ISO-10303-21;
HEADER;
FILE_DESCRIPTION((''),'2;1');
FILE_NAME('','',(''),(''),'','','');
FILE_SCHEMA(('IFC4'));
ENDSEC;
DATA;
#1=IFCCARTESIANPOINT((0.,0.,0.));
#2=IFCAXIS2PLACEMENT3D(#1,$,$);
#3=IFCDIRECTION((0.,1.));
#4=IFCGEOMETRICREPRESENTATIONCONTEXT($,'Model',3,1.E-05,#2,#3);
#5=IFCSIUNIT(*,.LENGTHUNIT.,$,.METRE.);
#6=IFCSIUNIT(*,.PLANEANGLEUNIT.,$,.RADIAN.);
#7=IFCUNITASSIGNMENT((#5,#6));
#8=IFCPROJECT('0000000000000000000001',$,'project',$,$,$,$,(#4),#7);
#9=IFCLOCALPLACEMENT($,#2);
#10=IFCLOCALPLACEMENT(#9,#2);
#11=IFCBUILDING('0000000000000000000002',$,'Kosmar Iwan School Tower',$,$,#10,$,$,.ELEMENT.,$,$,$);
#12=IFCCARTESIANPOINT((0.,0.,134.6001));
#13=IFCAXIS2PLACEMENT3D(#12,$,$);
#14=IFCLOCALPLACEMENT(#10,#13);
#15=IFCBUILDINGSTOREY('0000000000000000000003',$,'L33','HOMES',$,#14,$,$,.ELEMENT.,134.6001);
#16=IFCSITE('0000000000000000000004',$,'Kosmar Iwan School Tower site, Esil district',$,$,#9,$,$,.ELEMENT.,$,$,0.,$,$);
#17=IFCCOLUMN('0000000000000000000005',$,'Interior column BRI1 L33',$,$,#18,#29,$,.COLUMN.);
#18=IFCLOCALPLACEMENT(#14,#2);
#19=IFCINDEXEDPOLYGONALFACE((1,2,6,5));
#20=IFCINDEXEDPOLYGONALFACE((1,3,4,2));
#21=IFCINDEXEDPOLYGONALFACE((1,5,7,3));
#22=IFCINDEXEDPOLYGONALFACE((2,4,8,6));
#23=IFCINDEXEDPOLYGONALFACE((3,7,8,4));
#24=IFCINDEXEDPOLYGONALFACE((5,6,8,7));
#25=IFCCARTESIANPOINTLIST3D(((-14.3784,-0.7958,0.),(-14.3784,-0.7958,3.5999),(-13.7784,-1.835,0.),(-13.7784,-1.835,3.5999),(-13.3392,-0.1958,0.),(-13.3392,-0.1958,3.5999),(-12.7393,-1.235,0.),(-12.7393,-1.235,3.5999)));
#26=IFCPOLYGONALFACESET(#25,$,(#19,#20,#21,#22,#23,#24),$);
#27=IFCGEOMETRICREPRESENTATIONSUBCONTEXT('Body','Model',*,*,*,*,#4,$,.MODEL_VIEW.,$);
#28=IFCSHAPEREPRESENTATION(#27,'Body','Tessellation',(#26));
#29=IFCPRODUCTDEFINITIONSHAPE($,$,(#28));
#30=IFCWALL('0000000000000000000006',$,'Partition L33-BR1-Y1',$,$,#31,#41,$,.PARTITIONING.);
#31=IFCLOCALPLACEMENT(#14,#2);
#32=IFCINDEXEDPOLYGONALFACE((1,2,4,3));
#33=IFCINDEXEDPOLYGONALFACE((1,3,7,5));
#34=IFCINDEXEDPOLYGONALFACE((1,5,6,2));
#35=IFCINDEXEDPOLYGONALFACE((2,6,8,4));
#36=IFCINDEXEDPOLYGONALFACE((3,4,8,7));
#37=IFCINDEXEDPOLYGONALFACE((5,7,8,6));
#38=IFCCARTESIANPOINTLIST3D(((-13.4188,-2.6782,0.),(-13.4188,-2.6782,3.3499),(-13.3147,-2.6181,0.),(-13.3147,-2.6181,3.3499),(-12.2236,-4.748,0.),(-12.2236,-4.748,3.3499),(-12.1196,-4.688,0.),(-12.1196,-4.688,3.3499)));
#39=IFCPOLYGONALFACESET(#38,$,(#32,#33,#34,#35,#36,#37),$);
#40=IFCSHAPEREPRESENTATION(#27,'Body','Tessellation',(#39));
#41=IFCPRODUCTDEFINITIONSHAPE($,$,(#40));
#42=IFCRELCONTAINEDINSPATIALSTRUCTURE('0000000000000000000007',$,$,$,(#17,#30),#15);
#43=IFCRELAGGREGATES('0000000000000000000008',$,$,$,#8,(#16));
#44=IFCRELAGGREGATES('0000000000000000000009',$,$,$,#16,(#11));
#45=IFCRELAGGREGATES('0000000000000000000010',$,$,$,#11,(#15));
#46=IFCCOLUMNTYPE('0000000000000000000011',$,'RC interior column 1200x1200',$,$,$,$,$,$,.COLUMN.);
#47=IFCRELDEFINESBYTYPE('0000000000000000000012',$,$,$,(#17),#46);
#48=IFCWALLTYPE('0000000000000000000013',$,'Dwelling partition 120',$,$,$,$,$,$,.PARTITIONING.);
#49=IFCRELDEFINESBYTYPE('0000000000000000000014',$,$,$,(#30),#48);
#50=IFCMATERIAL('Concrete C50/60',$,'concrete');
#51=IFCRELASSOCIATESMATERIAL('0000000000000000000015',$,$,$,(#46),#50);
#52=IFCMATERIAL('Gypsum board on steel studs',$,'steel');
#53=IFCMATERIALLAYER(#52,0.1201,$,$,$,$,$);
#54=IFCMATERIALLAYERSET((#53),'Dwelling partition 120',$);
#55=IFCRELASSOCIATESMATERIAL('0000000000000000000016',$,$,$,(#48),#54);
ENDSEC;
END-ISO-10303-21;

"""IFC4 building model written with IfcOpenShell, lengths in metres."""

from ifc_helpers import new_model, si_unit, direction, frame, frame_2d, origin, origin_2d, place, context, subcontext, project, spatial, rectangle, extrude, material, layer, layer_set, material_profile, profile_set, type_object, element, save


model = new_model("IFC4")

# Units and contexts
model_context = context("Model", 3, precision=1e-05, world=origin(), true_north=direction((0.0, 1.0)))
body_context = subcontext(model_context, "Body", "Model", "MODEL_VIEW")
ifc_project = project(units=[si_unit("LENGTHUNIT", "METRE"), si_unit("PLANEANGLEUNIT", "RADIAN")], contexts=[model_context])

# Site, building, storey
site_placement = place(None, origin())
site = spatial("IfcSite", under=ifc_project, at=site_placement, Name="Kosmar Iwan School Tower site, Esil district", CompositionType="ELEMENT", RefElevation=0.0)
building_placement = place(site_placement, origin())
building = spatial("IfcBuilding", under=site, at=building_placement, Name="Kosmar Iwan School Tower", CompositionType="ELEMENT")
storey_placement = place(building_placement, frame((0.0, 0.0, 134.6001)))
storey = spatial("IfcBuildingStorey", under=building, at=storey_placement, Name="L33", Description="HOMES", CompositionType="ELEMENT", Elevation=134.6001)

# Column
ifc_material_1 = material(Name="Concrete C50/60", Category="concrete")
ifc_material_profile = material_profile(ifc_material_1, rectangle(XDim=1.2, YDim=1.2, at=origin_2d()), Name="RC 1200x1200")
ifc_profile_set = profile_set([ifc_material_profile], Name="Concrete C50/60")
column_type = type_object("IfcColumnType", Name="RC interior column 1200x1200", PredefinedType="COLUMN", material=ifc_profile_set)
column_placement = place(storey_placement, frame((-13.5588, -1.0154, 0.0), z_axis=(0.0, 0.0, 1.0), x_axis=(-0.866025, -0.5, 0.0)))
element("IfcColumn", 1, at=column_placement, inside=storey, type_object=column_type, Name="Interior column BRI1 L33", PredefinedType="COLUMN", context=body_context, shape_type="SweptSolid", body=[
    extrude(rectangle(XDim=1.2, YDim=1.2, at=origin_2d()), origin(), (0.0, 0.0, 1.0), 3.5999),
])

# Wall
ifc_material_2 = material(Name="Gypsum board on steel studs", Category="steel")
ifc_layer_1 = layer(ifc_material_2, 0.1201)
ifc_layer_set_1 = layer_set([ifc_layer_1], Name="Dwelling partition 120")
wall_type_1 = type_object("IfcWallType", Name="Dwelling partition 120", PredefinedType="PARTITIONING", material=ifc_layer_set_1)
wall_1_placement = place(storey_placement, frame((-12.1716, -4.718, 0.0), z_axis=(0.0, 0.0, 1.0), x_axis=(-0.500017, 0.866015, 0.0)))
element("IfcWall", 2, at=wall_1_placement, inside=storey, type_object=wall_type_1, Name="Partition L33-BR1-Y1", PredefinedType="PARTITIONING", context=body_context, shape_type="SweptSolid", body=[
    extrude(rectangle(XDim=2.3901, YDim=0.1201, at=frame_2d((1.1951, 0.0))), origin(), (0.0, 0.0, 1.0), 3.3499),
])

save(model, "model.ifc")
